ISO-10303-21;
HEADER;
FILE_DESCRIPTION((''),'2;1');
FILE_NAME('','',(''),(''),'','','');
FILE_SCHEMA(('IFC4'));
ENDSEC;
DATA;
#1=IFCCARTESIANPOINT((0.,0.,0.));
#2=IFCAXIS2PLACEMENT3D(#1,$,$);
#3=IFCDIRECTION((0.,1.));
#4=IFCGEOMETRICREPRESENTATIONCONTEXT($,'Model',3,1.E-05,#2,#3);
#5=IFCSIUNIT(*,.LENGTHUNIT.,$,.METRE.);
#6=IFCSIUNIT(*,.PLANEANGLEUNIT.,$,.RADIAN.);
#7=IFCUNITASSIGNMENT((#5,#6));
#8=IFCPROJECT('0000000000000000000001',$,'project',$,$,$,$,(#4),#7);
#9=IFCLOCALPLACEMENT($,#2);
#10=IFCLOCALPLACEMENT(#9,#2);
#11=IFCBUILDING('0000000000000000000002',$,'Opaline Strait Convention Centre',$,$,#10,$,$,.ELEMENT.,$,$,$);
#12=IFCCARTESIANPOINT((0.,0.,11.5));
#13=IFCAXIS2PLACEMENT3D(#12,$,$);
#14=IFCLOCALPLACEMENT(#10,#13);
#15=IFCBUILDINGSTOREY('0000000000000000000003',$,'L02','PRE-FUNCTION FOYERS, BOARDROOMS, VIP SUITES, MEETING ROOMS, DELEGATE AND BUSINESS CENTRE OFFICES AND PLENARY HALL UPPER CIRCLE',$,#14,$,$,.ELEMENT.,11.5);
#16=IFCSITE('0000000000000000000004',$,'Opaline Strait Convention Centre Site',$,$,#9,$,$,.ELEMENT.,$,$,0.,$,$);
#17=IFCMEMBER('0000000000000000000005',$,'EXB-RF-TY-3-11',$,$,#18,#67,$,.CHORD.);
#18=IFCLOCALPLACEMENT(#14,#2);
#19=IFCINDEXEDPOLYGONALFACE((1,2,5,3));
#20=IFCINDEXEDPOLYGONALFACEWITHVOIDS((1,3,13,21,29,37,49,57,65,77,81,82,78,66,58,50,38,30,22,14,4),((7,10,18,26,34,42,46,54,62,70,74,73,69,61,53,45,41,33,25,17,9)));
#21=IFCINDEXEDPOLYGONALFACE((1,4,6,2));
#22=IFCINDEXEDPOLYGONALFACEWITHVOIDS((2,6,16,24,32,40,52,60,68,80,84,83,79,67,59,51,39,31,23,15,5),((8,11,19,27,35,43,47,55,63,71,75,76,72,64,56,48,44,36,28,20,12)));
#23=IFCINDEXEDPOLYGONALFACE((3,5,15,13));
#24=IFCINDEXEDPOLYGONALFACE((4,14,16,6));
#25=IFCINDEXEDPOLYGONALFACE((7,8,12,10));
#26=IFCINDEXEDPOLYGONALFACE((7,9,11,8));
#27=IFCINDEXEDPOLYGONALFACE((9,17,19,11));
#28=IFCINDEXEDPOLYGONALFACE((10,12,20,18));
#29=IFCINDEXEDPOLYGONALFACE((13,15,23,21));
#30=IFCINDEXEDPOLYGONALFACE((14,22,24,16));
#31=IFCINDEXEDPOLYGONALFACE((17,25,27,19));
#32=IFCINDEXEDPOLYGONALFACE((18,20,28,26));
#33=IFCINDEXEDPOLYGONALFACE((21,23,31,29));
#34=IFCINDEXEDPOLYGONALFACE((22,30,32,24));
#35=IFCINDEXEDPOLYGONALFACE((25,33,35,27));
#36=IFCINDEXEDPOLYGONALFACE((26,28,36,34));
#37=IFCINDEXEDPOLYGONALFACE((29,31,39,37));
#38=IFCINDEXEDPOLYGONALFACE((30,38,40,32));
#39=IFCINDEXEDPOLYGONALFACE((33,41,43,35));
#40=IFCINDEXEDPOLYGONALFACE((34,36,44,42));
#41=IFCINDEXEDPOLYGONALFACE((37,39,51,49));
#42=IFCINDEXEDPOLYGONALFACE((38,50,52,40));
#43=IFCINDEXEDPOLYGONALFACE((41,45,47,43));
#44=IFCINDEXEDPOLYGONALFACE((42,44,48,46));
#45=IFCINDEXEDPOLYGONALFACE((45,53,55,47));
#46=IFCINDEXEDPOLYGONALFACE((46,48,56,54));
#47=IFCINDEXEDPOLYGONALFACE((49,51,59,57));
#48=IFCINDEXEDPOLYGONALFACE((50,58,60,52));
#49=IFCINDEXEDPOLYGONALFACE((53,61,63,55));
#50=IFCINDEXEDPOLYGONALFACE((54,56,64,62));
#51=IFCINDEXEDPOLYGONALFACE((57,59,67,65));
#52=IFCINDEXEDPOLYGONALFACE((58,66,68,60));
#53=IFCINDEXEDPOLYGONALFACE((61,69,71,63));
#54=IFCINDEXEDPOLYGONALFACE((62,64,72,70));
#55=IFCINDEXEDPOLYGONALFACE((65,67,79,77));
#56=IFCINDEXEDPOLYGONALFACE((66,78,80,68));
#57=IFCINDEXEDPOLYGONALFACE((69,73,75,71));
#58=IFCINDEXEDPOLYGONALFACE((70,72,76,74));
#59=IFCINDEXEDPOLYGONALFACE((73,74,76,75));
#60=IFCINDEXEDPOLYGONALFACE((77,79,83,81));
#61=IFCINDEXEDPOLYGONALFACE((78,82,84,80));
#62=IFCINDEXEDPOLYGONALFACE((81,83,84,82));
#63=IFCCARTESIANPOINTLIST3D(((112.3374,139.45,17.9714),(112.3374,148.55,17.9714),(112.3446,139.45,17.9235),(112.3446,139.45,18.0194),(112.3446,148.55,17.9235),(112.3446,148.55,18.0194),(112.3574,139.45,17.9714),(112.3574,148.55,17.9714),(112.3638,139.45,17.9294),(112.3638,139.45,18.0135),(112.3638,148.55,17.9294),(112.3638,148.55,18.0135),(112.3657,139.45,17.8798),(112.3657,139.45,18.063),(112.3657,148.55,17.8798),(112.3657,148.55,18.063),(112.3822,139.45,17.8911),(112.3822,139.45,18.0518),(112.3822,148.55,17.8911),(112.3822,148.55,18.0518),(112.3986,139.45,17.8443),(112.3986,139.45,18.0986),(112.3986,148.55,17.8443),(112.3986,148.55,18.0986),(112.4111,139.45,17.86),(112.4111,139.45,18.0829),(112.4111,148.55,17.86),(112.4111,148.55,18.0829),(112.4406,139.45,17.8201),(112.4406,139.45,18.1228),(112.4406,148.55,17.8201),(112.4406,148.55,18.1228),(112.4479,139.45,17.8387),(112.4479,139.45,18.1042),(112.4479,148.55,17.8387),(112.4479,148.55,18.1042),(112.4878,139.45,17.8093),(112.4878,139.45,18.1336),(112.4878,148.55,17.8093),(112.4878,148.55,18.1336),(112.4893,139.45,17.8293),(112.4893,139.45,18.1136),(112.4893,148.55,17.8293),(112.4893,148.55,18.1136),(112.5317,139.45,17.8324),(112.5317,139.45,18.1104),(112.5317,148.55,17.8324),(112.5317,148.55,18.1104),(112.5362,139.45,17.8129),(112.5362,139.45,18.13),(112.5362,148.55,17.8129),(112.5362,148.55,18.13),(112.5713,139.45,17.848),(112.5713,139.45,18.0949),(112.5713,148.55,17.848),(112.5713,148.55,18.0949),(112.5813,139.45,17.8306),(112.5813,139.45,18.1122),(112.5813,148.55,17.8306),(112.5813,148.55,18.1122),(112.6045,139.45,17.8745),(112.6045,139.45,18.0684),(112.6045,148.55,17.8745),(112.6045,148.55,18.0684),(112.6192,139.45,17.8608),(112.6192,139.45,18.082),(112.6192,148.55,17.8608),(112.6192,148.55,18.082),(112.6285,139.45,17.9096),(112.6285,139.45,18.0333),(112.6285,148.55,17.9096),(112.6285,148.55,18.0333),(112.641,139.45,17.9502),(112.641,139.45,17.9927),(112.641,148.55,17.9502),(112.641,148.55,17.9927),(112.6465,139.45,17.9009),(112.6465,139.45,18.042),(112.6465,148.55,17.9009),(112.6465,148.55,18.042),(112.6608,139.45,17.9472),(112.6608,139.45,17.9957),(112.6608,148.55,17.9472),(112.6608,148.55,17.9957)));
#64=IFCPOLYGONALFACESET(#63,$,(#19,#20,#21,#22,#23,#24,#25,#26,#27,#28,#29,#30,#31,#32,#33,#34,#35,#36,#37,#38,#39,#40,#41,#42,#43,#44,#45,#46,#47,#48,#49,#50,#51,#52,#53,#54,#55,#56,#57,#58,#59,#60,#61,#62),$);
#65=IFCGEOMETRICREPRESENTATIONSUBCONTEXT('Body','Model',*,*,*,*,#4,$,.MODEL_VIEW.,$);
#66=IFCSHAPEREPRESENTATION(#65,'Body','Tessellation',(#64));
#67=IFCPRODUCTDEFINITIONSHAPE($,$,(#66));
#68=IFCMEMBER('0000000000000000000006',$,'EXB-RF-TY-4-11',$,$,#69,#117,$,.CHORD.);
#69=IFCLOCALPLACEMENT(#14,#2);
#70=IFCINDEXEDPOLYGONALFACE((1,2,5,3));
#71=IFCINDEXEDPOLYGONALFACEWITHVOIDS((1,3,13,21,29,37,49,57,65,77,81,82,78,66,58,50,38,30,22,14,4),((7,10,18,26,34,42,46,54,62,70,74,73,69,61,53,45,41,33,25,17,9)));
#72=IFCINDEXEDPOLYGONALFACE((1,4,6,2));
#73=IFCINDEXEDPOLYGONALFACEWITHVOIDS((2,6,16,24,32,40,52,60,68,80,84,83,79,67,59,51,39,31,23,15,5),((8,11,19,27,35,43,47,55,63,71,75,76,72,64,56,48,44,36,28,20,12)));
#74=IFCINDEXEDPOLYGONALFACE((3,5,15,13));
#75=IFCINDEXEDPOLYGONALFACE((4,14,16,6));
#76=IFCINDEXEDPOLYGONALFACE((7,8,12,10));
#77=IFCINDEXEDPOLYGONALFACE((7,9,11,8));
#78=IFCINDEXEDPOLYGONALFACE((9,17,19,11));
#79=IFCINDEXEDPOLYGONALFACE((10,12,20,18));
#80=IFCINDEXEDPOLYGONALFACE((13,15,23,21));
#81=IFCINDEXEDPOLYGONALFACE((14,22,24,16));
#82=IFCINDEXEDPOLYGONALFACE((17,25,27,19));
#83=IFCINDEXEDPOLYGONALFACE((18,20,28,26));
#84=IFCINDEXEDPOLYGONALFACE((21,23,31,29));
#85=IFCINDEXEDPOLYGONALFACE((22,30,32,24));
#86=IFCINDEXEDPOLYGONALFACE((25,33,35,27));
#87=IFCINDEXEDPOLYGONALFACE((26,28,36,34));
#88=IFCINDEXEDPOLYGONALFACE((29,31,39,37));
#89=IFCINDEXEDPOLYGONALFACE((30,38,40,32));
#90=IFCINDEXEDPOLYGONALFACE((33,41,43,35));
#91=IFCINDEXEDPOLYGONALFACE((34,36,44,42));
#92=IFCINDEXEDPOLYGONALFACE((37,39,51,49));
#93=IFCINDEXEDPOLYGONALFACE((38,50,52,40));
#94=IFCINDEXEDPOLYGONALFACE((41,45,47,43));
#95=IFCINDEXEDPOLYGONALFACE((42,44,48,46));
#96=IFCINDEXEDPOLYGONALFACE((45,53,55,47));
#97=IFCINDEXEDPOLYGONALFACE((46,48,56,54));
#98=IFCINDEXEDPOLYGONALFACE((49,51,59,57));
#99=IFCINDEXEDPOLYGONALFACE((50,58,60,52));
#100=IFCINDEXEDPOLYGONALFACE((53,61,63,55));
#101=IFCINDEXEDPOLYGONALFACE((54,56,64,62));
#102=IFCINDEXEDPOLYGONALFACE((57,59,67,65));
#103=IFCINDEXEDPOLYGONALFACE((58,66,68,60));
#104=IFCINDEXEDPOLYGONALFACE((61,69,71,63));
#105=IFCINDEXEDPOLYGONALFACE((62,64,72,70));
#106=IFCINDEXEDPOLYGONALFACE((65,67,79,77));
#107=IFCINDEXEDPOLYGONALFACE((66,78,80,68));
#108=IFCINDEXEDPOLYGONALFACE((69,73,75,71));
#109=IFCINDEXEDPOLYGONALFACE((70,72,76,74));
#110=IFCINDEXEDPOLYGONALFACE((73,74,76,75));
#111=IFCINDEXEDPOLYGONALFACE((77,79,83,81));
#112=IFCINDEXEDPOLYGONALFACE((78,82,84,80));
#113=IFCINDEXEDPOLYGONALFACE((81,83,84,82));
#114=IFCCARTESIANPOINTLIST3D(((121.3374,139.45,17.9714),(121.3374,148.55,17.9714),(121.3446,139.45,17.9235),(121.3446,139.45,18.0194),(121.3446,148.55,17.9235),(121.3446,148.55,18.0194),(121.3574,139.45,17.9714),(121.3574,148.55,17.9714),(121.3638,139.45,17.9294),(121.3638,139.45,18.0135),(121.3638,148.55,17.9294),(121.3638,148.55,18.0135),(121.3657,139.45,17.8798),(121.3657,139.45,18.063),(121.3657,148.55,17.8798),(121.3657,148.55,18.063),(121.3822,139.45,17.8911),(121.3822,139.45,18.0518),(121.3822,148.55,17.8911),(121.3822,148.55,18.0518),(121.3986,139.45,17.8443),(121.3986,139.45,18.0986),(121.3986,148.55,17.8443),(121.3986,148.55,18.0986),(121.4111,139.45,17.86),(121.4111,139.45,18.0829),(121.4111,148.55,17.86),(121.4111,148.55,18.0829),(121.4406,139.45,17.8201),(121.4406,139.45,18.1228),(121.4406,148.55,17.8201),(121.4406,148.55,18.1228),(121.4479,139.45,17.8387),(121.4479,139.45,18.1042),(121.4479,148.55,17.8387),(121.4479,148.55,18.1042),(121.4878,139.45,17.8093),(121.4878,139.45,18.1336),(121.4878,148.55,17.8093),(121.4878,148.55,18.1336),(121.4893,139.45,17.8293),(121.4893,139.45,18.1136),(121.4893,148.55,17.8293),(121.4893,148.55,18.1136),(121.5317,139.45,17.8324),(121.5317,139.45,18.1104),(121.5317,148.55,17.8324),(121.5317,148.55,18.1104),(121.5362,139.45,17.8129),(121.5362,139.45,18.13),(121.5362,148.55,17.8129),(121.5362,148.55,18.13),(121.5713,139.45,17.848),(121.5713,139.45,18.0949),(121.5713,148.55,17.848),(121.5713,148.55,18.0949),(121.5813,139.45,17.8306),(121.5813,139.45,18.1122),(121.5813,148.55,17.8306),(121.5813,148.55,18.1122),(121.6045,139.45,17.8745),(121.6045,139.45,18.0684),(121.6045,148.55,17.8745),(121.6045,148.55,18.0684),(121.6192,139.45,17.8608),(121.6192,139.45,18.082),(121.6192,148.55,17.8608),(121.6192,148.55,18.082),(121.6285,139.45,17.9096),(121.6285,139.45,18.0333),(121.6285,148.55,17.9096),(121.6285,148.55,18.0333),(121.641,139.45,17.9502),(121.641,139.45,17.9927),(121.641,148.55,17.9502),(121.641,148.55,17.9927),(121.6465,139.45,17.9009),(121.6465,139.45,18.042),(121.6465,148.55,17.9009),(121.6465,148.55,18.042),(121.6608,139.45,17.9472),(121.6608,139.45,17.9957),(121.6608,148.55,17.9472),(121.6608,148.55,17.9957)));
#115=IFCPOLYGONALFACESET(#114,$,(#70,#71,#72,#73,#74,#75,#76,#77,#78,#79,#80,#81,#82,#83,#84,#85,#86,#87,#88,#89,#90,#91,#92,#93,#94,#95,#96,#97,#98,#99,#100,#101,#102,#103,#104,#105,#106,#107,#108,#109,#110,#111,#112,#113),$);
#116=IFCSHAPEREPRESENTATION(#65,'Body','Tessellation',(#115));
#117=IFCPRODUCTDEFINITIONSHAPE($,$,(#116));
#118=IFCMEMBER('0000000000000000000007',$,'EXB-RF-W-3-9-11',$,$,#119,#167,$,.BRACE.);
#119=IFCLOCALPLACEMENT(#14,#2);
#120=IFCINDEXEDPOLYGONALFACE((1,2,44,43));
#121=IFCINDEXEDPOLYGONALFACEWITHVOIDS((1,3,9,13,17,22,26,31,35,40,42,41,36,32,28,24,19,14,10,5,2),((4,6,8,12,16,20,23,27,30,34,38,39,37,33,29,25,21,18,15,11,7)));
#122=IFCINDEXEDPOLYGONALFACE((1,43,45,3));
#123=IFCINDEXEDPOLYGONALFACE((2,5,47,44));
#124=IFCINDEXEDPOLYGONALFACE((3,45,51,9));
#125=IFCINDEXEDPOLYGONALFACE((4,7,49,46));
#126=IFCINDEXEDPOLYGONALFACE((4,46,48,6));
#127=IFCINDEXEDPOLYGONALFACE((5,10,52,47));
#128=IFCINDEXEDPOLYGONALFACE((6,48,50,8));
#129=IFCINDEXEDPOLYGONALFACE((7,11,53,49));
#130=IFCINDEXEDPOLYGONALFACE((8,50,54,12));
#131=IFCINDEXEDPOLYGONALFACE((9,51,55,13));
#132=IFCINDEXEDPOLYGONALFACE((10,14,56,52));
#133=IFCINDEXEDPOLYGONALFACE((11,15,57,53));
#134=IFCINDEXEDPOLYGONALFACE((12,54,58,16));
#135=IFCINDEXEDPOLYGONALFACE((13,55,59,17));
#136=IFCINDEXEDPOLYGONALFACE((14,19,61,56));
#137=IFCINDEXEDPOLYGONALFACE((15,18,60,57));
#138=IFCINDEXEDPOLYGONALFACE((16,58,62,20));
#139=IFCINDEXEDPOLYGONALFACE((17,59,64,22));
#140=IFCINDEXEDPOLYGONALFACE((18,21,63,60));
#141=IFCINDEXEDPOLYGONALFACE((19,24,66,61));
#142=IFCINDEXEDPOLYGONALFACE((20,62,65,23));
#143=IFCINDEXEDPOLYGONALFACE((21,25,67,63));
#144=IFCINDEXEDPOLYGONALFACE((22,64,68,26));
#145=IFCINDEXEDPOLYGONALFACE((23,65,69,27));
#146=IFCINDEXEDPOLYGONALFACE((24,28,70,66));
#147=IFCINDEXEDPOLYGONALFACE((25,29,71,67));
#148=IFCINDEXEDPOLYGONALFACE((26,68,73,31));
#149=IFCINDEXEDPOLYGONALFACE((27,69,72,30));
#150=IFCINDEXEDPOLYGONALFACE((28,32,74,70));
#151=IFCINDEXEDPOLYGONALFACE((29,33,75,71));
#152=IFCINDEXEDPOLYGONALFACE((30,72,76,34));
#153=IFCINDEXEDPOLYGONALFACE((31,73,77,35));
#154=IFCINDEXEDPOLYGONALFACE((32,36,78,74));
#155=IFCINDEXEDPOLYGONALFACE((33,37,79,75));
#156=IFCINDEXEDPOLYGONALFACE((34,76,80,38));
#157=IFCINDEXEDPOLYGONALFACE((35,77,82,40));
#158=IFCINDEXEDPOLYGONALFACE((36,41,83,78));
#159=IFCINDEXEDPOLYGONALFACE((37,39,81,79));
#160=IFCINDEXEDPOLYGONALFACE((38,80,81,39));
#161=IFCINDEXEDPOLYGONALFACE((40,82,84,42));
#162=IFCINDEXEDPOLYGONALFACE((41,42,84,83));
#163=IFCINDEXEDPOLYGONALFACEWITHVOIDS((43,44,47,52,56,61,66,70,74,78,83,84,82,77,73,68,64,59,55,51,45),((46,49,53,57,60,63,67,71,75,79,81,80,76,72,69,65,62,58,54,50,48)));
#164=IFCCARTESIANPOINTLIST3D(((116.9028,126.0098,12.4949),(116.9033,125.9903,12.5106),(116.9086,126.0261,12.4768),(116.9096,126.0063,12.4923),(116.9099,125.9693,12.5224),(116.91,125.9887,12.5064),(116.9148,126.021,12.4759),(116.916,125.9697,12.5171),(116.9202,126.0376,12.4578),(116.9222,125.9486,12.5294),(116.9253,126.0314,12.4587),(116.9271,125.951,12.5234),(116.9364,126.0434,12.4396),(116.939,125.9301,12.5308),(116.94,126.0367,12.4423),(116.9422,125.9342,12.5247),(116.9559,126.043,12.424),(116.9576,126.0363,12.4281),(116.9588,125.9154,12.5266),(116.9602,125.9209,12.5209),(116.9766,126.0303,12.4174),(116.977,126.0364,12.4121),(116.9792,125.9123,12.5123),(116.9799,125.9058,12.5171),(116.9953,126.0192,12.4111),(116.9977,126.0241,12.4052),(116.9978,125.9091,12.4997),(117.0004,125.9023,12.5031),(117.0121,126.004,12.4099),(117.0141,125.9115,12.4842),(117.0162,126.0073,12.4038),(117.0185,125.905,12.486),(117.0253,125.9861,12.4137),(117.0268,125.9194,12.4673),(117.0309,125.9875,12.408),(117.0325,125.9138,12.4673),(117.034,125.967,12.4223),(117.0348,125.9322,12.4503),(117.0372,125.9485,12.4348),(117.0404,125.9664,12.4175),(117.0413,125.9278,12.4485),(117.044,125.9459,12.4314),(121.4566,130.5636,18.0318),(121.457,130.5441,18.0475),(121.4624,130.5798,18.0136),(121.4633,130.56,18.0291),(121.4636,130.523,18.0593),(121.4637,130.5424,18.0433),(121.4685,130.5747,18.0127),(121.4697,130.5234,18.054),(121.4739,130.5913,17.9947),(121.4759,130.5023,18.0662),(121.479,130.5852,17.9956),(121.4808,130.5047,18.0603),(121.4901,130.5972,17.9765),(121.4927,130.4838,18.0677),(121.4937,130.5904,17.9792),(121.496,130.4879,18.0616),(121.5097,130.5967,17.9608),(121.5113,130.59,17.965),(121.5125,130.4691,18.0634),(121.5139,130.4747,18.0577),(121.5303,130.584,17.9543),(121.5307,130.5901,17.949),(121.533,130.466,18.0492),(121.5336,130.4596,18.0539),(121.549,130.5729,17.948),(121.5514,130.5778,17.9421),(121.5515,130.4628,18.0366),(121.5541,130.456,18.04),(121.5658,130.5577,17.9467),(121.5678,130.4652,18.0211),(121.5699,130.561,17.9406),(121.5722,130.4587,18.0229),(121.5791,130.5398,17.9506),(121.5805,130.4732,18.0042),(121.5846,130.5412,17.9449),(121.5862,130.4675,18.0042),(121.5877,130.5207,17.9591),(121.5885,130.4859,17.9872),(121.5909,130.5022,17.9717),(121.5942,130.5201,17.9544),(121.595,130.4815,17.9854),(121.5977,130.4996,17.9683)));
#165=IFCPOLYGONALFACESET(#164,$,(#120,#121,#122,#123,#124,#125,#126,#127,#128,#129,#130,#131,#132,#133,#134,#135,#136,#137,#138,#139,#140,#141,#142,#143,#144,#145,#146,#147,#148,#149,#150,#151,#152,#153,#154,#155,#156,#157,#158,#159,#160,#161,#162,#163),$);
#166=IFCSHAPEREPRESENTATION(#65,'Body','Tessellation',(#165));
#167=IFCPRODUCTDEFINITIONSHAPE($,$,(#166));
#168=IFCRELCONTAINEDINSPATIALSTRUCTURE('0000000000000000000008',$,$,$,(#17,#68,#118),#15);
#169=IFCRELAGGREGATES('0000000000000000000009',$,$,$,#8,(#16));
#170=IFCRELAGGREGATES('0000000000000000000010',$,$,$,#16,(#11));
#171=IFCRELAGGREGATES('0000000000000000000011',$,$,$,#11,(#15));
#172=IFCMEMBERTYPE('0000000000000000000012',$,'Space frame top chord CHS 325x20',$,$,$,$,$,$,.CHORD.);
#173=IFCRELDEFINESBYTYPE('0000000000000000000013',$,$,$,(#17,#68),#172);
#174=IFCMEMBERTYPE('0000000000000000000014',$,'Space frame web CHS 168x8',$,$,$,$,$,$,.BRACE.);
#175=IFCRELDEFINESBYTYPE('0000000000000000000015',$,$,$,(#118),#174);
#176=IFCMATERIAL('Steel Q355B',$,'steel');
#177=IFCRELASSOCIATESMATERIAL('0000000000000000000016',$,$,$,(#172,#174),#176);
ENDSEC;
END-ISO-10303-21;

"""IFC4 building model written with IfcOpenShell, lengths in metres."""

from ifc_helpers import new_model, si_unit, direction, frame, origin, origin_2d, place, context, subcontext, project, spatial, hollow_circle, extrude, material, material_profile, profile_set, type_object, element, save


model = new_model("IFC4")

# Units and contexts
model_context = context("Model", 3, precision=1e-05, world=origin(), true_north=direction((0.0, 1.0)))
body_context = subcontext(model_context, "Body", "Model", "MODEL_VIEW")
ifc_project = project(units=[si_unit("LENGTHUNIT", "METRE"), si_unit("PLANEANGLEUNIT", "RADIAN")], contexts=[model_context])

# Site, building, storey
site_placement = place(None, origin())
site = spatial("IfcSite", under=ifc_project, at=site_placement, Name="Opaline Strait Convention Centre Site", CompositionType="ELEMENT", RefElevation=0.0)
building_placement = place(site_placement, origin())
building = spatial("IfcBuilding", under=site, at=building_placement, Name="Opaline Strait Convention Centre", CompositionType="ELEMENT")
storey_placement = place(building_placement, frame((0.0, 0.0, 11.5)))
storey = spatial("IfcBuildingStorey", under=building, at=storey_placement, Name="L02", Description="PRE-FUNCTION FOYERS, BOARDROOMS, VIP SUITES, MEETING ROOMS, DELEGATE AND BUSINESS CENTRE OFFICES AND PLENARY HALL UPPER CIRCLE", CompositionType="ELEMENT", Elevation=11.5)

# Members
ifc_material = material(Name="Steel Q355B", Category="steel")
ifc_material_profile_1 = material_profile(ifc_material, hollow_circle(Radius=0.1626, WallThickness=0.02, at=origin_2d()), Name="CHS 325x20")
ifc_profile_set_1 = profile_set([ifc_material_profile_1], Name="Steel Q355B")
member_type_1 = type_object("IfcMemberType", Name="Space frame top chord CHS 325x20", PredefinedType="CHORD", material=ifc_profile_set_1)
for number, where, z_axis, x_axis, name in (
    (1, (112.5, 139.45, 17.9714), (0.0, 1.0, 0.0), (-1.0, 0.0, 0.0), "EXB-RF-TY-3-11"),
    (2, (121.5, 139.45, 17.9714), (0.0, 1.0, 0.0), (-1.0, 0.0, 0.0), "EXB-RF-TY-4-11"),
):
    element("IfcMember", number, at=place(storey_placement, frame(where, z_axis=z_axis, x_axis=x_axis)), inside=storey, type_object=member_type_1, Name=name, PredefinedType="CHORD", context=body_context, shape_type="SweptSolid", body=[
        extrude(hollow_circle(Radius=0.1626, WallThickness=0.02, at=origin_2d()), origin(), (0.0, 0.0, 1.0), 9.1001),
    ])
ifc_material_profile_2 = material_profile(ifc_material, hollow_circle(Radius=0.084, WallThickness=0.0081, at=origin_2d()), Name="CHS 168x8")
ifc_profile_set_2 = profile_set([ifc_material_profile_2], Name="Steel Q355B")
member_type_2 = type_object("IfcMemberType", Name="Space frame web CHS 168x8", PredefinedType="BRACE", material=ifc_profile_set_2)
for number, where, z_axis, x_axis, name in (
    (3, (121.5269, 130.5269, 18.0042), (-0.536178, -0.536178, -0.65194), (0.707107, -0.707107, 0.0), "EXB-RF-W-3-9-11"),
):
    element("IfcMember", number, at=place(storey_placement, frame(where, z_axis=z_axis, x_axis=x_axis)), inside=storey, type_object=member_type_2, Name=name, PredefinedType="BRACE", context=body_context, shape_type="SweptSolid", body=[
        extrude(hollow_circle(Radius=0.084, WallThickness=0.0081, at=origin_2d()), origin(), (0.0, 0.0, 1.0), 8.4929),
    ])

save(model, "model.ifc")
